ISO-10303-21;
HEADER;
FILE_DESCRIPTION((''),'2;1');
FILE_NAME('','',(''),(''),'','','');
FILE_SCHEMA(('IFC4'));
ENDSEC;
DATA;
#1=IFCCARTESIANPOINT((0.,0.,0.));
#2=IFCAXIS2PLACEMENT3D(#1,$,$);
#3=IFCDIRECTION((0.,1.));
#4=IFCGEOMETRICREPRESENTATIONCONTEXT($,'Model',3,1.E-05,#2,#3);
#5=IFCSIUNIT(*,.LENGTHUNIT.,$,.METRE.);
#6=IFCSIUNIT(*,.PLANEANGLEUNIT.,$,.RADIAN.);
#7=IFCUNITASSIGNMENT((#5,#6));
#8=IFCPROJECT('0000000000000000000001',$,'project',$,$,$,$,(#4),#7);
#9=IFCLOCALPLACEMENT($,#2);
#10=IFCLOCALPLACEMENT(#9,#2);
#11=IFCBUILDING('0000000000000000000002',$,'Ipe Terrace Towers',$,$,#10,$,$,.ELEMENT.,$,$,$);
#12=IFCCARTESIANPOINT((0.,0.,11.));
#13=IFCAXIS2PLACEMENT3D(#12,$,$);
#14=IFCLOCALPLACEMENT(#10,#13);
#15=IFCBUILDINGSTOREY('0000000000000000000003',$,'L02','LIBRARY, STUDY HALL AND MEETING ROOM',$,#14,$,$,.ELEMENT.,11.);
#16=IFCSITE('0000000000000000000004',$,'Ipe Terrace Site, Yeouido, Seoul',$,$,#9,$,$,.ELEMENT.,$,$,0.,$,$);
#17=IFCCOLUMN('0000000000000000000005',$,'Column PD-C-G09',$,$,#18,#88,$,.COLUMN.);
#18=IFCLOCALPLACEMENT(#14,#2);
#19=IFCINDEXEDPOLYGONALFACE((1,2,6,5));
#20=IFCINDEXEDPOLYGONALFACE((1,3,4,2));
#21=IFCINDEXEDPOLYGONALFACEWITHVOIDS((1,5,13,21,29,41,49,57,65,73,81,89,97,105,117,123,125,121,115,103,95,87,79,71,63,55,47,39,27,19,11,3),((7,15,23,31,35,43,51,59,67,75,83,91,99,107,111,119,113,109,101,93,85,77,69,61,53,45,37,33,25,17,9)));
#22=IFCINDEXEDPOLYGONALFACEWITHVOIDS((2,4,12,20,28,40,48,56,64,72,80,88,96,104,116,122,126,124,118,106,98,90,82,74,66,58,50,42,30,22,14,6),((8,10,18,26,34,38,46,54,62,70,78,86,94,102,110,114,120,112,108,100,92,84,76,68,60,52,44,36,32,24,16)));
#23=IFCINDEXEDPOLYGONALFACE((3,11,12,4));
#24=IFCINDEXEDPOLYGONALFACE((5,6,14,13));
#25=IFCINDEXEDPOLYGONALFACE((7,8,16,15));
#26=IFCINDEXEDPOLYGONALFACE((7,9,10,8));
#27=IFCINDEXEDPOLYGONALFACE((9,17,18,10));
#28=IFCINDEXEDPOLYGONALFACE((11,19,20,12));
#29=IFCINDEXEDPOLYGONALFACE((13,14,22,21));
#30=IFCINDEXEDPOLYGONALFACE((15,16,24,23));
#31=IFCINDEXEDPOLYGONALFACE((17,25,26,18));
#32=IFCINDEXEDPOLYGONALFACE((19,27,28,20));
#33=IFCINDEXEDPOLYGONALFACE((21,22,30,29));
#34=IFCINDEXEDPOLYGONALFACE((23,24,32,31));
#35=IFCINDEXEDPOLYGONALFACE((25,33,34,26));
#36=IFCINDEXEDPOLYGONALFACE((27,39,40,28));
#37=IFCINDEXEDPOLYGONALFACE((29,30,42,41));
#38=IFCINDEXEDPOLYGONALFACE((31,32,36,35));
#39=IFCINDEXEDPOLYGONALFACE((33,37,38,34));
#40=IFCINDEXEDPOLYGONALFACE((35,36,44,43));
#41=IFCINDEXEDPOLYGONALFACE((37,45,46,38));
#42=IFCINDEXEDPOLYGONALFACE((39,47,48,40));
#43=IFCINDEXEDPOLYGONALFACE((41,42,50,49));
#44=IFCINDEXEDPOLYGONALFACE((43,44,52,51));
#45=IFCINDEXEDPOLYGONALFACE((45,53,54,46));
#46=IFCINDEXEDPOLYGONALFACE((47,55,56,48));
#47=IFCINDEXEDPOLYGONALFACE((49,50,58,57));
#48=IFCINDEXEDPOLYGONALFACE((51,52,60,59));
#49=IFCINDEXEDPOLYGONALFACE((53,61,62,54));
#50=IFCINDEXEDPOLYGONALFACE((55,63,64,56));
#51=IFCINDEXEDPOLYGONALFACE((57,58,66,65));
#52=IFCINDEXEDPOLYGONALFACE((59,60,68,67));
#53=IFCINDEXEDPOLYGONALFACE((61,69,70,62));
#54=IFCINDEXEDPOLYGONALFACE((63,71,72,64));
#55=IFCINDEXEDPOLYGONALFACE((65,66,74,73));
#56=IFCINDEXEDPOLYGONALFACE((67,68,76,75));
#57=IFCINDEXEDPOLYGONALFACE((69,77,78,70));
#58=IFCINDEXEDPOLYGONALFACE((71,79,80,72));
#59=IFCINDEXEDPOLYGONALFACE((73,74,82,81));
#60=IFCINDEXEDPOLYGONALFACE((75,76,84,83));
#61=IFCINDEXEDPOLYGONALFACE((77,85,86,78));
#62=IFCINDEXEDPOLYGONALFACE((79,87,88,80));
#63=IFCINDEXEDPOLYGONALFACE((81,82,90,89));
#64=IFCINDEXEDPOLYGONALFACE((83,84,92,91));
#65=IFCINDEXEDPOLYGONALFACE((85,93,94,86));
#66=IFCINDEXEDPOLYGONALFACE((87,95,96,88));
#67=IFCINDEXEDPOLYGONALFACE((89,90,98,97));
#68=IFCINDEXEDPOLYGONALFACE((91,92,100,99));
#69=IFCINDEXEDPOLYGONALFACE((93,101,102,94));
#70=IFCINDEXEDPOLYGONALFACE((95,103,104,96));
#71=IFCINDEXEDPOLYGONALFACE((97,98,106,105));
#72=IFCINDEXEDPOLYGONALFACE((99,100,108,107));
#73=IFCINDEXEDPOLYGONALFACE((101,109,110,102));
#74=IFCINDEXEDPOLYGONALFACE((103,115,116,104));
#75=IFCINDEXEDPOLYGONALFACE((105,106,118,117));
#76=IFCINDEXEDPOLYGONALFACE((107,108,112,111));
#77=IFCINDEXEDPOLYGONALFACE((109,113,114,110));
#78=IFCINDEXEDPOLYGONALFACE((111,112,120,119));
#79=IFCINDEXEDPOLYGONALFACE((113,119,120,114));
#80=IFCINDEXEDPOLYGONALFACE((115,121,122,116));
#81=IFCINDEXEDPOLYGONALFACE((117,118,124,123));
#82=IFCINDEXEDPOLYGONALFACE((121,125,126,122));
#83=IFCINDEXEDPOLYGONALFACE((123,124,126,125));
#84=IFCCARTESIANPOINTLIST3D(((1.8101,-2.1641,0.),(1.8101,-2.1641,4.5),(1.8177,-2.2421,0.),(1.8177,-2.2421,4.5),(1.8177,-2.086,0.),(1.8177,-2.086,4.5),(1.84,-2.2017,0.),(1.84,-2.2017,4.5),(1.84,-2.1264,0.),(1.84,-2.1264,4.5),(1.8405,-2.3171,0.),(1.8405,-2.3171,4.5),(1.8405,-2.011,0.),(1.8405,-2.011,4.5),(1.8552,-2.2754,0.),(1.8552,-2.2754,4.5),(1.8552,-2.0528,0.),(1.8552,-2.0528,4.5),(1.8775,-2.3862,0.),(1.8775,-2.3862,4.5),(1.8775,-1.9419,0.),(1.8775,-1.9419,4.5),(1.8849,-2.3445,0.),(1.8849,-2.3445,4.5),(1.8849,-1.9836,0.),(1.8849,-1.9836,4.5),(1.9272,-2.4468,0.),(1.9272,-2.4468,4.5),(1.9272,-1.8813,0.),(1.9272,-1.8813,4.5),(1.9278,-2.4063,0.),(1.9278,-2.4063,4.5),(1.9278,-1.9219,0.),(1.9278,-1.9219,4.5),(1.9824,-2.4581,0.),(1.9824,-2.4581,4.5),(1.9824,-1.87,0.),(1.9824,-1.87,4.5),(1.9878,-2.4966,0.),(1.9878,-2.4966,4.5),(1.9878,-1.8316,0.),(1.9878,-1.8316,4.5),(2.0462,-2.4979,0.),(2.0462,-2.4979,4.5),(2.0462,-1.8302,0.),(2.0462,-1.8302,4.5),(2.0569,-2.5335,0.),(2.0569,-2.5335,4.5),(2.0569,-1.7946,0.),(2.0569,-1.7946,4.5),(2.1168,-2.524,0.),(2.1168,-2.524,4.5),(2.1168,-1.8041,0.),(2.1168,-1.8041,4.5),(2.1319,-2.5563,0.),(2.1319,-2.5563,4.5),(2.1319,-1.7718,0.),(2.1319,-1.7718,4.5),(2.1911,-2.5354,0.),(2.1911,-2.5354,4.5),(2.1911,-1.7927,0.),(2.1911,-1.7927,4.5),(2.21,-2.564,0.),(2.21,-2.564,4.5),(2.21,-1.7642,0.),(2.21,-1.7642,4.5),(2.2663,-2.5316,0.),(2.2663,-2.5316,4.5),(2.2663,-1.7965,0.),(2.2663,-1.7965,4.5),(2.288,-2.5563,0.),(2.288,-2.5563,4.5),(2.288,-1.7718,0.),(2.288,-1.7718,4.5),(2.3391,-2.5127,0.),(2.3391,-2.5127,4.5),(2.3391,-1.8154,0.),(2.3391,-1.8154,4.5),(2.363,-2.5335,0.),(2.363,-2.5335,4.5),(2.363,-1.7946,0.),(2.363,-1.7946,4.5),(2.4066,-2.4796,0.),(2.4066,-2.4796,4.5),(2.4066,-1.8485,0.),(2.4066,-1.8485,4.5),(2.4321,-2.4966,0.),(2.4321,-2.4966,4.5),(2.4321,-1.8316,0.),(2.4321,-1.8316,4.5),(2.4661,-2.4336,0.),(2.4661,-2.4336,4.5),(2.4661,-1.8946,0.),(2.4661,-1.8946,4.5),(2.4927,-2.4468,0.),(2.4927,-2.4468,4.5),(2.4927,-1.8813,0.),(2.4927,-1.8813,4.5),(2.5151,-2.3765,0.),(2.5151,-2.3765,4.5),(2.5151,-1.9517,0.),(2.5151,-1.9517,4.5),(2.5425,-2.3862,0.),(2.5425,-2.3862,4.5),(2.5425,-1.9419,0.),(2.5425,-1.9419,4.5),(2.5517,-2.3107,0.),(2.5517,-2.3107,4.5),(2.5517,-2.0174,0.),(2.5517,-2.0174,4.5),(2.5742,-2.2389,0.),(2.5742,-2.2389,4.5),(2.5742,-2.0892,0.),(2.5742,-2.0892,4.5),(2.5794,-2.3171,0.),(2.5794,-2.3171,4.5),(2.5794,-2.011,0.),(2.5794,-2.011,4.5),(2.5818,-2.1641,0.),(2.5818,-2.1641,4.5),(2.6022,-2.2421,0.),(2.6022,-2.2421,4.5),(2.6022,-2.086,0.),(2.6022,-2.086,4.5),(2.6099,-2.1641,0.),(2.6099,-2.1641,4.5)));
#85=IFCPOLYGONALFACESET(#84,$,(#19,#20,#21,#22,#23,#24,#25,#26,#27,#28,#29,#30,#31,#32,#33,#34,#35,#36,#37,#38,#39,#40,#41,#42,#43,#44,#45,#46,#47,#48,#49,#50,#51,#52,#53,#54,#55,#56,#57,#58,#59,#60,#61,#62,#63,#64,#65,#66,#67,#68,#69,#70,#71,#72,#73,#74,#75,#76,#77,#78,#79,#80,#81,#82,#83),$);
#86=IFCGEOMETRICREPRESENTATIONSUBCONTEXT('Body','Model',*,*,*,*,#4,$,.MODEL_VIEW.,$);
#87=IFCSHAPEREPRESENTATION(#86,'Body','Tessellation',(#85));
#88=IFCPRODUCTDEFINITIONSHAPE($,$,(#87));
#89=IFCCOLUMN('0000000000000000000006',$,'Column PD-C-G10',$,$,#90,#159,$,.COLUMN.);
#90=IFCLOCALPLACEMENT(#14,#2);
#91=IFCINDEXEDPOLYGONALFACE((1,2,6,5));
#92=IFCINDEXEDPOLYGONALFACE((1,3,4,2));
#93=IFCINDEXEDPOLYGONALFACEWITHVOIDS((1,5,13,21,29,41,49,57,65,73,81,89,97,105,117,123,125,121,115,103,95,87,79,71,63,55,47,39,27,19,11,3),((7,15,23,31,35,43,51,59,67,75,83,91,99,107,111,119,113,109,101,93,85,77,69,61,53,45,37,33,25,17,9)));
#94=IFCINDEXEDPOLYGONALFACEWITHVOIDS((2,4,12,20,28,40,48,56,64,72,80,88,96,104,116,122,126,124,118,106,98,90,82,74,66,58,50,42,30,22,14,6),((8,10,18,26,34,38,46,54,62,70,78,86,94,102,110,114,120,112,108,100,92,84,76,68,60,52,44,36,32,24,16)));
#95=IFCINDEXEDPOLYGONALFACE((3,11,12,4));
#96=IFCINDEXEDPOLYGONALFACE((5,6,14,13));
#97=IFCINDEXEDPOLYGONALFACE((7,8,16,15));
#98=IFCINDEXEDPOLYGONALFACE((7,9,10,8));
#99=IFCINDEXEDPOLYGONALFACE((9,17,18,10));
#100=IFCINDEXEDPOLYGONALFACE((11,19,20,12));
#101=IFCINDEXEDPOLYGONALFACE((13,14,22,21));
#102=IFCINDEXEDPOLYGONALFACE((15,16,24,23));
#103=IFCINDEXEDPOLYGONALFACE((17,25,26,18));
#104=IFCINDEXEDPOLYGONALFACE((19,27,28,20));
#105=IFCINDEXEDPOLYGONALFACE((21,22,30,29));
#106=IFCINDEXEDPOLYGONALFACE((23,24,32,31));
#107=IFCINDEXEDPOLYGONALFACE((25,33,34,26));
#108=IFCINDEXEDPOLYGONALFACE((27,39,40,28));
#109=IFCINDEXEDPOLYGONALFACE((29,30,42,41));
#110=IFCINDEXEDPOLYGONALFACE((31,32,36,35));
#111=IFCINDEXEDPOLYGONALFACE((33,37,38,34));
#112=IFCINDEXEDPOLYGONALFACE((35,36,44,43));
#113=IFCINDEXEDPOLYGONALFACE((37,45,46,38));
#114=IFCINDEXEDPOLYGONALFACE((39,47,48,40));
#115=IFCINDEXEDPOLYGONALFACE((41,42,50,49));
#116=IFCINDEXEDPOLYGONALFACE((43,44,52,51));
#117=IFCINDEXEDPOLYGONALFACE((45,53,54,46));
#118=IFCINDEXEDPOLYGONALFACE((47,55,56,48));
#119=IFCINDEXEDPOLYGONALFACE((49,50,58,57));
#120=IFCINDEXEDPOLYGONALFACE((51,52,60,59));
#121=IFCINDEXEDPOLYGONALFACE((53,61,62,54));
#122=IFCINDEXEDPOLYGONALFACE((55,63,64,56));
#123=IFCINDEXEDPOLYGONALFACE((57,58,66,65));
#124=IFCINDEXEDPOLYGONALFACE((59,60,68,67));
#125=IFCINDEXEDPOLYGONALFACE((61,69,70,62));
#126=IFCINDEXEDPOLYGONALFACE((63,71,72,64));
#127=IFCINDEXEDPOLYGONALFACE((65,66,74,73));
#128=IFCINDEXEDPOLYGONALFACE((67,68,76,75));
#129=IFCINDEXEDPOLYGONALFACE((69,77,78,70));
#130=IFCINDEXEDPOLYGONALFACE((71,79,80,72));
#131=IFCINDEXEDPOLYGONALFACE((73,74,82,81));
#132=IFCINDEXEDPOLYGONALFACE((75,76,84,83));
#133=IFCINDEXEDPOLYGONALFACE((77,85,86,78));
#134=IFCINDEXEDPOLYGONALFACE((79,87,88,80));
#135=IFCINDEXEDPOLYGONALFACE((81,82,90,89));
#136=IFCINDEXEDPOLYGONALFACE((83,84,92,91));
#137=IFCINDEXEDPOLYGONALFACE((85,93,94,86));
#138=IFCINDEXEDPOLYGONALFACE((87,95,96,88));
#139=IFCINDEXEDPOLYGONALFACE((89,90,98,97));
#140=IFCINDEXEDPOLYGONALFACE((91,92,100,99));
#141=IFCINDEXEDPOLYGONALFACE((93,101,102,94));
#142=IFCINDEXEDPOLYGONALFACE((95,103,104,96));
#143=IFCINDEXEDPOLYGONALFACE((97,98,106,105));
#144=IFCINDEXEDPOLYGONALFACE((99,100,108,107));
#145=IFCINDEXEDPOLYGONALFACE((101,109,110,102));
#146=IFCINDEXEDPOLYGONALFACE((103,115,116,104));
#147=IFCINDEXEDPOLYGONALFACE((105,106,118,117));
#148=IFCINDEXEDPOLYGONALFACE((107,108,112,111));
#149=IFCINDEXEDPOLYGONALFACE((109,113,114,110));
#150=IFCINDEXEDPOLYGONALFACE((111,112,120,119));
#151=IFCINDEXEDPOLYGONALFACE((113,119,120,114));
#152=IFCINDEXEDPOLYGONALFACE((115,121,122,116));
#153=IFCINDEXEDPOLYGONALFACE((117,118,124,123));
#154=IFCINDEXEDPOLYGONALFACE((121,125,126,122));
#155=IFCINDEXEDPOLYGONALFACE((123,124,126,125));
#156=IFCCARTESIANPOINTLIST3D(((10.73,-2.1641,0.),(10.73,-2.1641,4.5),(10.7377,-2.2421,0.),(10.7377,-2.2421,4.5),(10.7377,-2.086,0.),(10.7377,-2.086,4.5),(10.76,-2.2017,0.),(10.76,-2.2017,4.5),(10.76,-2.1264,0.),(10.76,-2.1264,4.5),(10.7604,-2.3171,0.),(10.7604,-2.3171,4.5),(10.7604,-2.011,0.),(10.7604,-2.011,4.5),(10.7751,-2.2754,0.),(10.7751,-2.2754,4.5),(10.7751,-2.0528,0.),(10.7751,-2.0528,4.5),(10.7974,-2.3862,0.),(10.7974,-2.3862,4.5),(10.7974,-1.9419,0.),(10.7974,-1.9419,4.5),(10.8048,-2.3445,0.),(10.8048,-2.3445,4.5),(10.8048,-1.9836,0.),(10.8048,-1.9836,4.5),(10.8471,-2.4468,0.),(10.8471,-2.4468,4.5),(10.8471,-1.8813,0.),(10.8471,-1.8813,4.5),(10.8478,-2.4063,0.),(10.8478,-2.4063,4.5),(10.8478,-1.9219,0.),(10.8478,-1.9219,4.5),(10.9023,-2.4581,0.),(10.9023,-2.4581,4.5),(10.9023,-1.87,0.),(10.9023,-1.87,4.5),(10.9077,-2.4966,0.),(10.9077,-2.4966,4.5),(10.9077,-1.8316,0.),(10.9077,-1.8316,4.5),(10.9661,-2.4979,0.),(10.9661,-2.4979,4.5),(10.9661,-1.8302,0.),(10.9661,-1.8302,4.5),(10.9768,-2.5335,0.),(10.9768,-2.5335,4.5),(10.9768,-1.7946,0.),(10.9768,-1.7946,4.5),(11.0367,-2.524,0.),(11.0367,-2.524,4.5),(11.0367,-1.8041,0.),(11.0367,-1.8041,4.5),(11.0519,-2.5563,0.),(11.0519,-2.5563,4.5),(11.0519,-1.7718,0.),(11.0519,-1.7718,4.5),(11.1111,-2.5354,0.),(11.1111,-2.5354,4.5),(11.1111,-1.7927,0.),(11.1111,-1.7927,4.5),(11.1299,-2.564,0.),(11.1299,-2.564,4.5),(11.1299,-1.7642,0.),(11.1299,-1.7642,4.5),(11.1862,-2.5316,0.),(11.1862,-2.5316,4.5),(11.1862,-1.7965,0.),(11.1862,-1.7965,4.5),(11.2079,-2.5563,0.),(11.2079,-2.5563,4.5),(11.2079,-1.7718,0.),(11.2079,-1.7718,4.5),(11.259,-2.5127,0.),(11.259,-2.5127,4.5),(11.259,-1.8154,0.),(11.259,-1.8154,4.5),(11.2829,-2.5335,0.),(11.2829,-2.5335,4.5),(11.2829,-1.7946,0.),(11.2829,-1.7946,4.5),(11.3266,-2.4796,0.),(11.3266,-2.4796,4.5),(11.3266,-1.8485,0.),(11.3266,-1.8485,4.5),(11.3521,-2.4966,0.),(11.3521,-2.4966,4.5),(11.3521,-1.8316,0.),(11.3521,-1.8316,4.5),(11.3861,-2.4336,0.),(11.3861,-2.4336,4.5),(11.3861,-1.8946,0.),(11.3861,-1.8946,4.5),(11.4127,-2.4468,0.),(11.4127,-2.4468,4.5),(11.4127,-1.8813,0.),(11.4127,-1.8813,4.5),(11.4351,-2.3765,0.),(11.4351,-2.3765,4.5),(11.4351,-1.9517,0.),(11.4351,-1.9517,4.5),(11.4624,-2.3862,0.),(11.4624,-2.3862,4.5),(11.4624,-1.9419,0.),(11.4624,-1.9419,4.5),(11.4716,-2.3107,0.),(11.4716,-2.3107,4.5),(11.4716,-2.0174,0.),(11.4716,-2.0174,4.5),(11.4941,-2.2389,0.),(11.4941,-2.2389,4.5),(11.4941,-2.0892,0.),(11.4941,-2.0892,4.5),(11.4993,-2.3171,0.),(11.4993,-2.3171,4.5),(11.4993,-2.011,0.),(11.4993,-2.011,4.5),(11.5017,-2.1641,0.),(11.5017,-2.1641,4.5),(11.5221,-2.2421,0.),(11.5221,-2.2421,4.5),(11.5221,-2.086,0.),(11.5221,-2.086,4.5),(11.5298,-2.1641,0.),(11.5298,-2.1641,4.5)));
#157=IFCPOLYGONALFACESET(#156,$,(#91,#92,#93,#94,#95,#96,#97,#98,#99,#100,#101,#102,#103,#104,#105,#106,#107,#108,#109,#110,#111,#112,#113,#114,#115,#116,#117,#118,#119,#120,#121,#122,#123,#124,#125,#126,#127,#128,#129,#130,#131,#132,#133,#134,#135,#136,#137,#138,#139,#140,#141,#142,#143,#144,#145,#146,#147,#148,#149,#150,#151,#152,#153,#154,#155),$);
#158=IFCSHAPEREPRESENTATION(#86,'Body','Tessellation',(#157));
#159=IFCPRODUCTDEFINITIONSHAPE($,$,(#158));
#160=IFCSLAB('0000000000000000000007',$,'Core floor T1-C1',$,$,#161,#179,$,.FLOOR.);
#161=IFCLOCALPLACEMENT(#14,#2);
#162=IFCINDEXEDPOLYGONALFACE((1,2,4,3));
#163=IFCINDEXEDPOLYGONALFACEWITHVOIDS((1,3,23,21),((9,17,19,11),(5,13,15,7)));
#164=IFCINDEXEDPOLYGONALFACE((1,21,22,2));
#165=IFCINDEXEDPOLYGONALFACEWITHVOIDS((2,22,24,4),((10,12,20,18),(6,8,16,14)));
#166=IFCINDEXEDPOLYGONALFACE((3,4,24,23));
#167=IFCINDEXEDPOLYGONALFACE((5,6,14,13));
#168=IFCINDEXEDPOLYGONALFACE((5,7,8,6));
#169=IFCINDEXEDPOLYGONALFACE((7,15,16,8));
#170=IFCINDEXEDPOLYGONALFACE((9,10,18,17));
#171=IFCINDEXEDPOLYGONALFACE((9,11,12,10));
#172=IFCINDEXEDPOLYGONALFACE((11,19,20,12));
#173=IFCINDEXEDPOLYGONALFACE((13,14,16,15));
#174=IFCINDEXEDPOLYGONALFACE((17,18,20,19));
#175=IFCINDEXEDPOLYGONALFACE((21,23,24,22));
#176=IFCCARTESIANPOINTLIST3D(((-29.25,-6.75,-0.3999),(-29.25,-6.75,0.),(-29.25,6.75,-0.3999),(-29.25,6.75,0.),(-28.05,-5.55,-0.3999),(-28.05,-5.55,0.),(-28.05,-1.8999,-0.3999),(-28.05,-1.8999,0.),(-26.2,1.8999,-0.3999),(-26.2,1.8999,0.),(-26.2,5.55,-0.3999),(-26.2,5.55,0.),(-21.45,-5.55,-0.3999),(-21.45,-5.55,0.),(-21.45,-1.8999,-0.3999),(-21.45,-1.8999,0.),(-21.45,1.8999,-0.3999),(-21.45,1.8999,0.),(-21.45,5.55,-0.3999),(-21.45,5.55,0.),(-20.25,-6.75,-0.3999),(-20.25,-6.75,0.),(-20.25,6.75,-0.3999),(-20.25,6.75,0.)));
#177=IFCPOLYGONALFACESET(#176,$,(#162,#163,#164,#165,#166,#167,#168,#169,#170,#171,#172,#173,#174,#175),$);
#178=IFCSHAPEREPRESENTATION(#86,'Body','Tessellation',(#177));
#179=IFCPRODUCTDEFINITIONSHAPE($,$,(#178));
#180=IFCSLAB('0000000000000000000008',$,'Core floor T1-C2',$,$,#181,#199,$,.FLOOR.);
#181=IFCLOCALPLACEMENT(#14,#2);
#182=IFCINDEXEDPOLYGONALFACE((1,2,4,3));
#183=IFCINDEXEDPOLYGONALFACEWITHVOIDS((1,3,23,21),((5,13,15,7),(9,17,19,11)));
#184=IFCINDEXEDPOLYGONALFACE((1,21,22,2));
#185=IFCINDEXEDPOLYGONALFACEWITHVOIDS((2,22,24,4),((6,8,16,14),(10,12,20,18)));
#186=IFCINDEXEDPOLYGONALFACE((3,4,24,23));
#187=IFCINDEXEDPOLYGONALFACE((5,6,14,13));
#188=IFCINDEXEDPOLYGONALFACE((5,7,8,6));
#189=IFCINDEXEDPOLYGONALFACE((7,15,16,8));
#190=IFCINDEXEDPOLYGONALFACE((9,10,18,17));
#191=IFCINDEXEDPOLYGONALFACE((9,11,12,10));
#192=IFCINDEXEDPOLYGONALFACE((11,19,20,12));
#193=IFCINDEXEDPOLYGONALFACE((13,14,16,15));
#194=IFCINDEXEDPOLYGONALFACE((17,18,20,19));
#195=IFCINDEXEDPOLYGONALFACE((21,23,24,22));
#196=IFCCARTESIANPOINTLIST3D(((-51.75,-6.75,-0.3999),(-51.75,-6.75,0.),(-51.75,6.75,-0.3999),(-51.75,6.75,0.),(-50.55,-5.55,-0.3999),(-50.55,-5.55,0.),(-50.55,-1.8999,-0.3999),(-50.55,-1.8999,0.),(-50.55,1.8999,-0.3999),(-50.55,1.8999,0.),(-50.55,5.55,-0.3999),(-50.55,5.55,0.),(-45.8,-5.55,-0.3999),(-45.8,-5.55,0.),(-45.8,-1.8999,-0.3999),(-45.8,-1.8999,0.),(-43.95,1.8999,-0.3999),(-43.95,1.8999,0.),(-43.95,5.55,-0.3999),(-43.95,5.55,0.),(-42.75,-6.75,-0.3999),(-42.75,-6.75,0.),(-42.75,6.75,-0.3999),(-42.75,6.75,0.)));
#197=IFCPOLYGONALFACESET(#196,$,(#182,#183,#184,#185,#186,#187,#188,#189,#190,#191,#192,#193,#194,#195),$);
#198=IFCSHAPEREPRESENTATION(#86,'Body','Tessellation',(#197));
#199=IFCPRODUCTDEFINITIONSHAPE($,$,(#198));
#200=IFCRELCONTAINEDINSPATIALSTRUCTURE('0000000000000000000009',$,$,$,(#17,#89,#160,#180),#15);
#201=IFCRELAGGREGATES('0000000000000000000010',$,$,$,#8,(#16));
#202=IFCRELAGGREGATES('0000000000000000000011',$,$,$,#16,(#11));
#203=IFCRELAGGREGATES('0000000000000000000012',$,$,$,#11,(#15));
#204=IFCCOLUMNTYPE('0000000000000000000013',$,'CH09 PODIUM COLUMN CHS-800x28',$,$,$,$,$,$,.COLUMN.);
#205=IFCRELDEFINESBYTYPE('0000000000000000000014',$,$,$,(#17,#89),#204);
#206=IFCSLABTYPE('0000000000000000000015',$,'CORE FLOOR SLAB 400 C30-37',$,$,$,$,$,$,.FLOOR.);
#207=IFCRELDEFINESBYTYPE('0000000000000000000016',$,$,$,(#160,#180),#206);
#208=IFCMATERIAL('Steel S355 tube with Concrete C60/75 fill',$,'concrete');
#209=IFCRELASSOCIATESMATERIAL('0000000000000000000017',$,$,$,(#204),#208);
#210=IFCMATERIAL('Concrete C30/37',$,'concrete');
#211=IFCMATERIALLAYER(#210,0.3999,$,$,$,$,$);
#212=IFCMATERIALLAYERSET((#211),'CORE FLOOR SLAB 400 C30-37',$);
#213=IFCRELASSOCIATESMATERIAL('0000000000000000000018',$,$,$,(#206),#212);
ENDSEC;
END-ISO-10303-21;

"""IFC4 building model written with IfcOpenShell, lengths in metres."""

from ifc_helpers import new_model, si_unit, direction, frame, origin, origin_2d, place, context, subcontext, project, spatial, polyline, hollow_circle, outline, extrude, material, layer, layer_set, material_profile, profile_set, type_object, element, save


model = new_model("IFC4")

# Units and contexts
model_context = context("Model", 3, precision=1e-05, world=origin(), true_north=direction((0.0, 1.0)))
body_context = subcontext(model_context, "Body", "Model", "MODEL_VIEW")
ifc_project = project(units=[si_unit("LENGTHUNIT", "METRE"), si_unit("PLANEANGLEUNIT", "RADIAN")], contexts=[model_context])

# Site, building, storey
site_placement = place(None, origin())
site = spatial("IfcSite", under=ifc_project, at=site_placement, Name="Ipe Terrace Site, Yeouido, Seoul", CompositionType="ELEMENT", RefElevation=0.0)
building_placement = place(site_placement, origin())
building = spatial("IfcBuilding", under=site, at=building_placement, Name="Ipe Terrace Towers", CompositionType="ELEMENT")
storey_placement = place(building_placement, frame((0.0, 0.0, 11.0)))
storey = spatial("IfcBuildingStorey", under=building, at=storey_placement, Name="L02", Description="LIBRARY, STUDY HALL AND MEETING ROOM", CompositionType="ELEMENT", Elevation=11.0)

# Columns
ifc_material_1 = material(Name="Steel S355 tube with Concrete C60/75 fill", Category="concrete")
ifc_material_profile = material_profile(ifc_material_1, hollow_circle(Radius=0.3999, WallThickness=0.0281, at=origin_2d()), Name="CHS-800x28")
ifc_profile_set = profile_set([ifc_material_profile], Name="Steel S355 tube with Concrete C60/75 fill")
column_type = type_object("IfcColumnType", Name="CH09 PODIUM COLUMN CHS-800x28", PredefinedType="COLUMN", material=ifc_profile_set)
for number, where, z_axis, x_axis, name in (
    (1, (2.21, -2.1641, 0.0), (0.0, 0.0, 1.0), (1.0, 0.0, 0.0), "Column PD-C-G09"),
    (2, (11.1299, -2.1641, 0.0), (0.0, 0.0, 1.0), (1.0, 0.0, 0.0), "Column PD-C-G10"),
):
    element("IfcColumn", number, at=place(storey_placement, frame(where, z_axis=z_axis, x_axis=x_axis)), inside=storey, type_object=column_type, Name=name, PredefinedType="COLUMN", context=body_context, shape_type="SweptSolid", body=[
        extrude(hollow_circle(Radius=0.3999, WallThickness=0.0281, at=origin_2d()), origin(), (0.0, 0.0, 1.0), 4.5),
    ])

# Slabs
ifc_material_2 = material(Name="Concrete C30/37", Category="concrete")
ifc_layer_1 = layer(ifc_material_2, 0.3999)
ifc_layer_set_1 = layer_set([ifc_layer_1], Name="CORE FLOOR SLAB 400 C30-37")
slab_type_1 = type_object("IfcSlabType", Name="CORE FLOOR SLAB 400 C30-37", PredefinedType="FLOOR", material=ifc_layer_set_1)
slab_1_placement = place(storey_placement, frame((0.0, 0.0, -0.3999)))
element("IfcSlab", 3, at=slab_1_placement, inside=storey, type_object=slab_type_1, Name="Core floor T1-C1", PredefinedType="FLOOR", context=body_context, shape_type="SweptSolid", body=[
    extrude(outline(polyline([(-29.25, -6.75), (-29.25, 6.75), (-20.25, 6.75), (-20.25, -6.75), (-29.25, -6.75)]), holes=[polyline([(-28.05, -5.55), (-21.45, -5.55), (-21.45, -1.8999), (-28.05, -1.8999), (-28.05, -5.55)]), polyline([(-26.2, 5.55), (-26.2, 1.8999), (-21.45, 1.8999), (-21.45, 5.55), (-26.2, 5.55)])]), origin(), (0.0, 0.0, 1.0), 0.3999),
])
slab_2_placement = place(storey_placement, frame((0.0, 0.0, -0.3999)))
element("IfcSlab", 4, at=slab_2_placement, inside=storey, type_object=slab_type_1, Name="Core floor T1-C2", PredefinedType="FLOOR", context=body_context, shape_type="SweptSolid", body=[
    extrude(outline(polyline([(-51.75, -6.75), (-51.75, 6.75), (-42.75, 6.75), (-42.75, -6.75), (-51.75, -6.75)]), holes=[polyline([(-45.8, -5.55), (-45.8, -1.8999), (-50.55, -1.8999), (-50.55, -5.55), (-45.8, -5.55)]), polyline([(-50.55, 1.8999), (-43.95, 1.8999), (-43.95, 5.55), (-50.55, 5.55), (-50.55, 1.8999)])]), origin(), (0.0, 0.0, 1.0), 0.3999),
])

save(model, "model.ifc")
